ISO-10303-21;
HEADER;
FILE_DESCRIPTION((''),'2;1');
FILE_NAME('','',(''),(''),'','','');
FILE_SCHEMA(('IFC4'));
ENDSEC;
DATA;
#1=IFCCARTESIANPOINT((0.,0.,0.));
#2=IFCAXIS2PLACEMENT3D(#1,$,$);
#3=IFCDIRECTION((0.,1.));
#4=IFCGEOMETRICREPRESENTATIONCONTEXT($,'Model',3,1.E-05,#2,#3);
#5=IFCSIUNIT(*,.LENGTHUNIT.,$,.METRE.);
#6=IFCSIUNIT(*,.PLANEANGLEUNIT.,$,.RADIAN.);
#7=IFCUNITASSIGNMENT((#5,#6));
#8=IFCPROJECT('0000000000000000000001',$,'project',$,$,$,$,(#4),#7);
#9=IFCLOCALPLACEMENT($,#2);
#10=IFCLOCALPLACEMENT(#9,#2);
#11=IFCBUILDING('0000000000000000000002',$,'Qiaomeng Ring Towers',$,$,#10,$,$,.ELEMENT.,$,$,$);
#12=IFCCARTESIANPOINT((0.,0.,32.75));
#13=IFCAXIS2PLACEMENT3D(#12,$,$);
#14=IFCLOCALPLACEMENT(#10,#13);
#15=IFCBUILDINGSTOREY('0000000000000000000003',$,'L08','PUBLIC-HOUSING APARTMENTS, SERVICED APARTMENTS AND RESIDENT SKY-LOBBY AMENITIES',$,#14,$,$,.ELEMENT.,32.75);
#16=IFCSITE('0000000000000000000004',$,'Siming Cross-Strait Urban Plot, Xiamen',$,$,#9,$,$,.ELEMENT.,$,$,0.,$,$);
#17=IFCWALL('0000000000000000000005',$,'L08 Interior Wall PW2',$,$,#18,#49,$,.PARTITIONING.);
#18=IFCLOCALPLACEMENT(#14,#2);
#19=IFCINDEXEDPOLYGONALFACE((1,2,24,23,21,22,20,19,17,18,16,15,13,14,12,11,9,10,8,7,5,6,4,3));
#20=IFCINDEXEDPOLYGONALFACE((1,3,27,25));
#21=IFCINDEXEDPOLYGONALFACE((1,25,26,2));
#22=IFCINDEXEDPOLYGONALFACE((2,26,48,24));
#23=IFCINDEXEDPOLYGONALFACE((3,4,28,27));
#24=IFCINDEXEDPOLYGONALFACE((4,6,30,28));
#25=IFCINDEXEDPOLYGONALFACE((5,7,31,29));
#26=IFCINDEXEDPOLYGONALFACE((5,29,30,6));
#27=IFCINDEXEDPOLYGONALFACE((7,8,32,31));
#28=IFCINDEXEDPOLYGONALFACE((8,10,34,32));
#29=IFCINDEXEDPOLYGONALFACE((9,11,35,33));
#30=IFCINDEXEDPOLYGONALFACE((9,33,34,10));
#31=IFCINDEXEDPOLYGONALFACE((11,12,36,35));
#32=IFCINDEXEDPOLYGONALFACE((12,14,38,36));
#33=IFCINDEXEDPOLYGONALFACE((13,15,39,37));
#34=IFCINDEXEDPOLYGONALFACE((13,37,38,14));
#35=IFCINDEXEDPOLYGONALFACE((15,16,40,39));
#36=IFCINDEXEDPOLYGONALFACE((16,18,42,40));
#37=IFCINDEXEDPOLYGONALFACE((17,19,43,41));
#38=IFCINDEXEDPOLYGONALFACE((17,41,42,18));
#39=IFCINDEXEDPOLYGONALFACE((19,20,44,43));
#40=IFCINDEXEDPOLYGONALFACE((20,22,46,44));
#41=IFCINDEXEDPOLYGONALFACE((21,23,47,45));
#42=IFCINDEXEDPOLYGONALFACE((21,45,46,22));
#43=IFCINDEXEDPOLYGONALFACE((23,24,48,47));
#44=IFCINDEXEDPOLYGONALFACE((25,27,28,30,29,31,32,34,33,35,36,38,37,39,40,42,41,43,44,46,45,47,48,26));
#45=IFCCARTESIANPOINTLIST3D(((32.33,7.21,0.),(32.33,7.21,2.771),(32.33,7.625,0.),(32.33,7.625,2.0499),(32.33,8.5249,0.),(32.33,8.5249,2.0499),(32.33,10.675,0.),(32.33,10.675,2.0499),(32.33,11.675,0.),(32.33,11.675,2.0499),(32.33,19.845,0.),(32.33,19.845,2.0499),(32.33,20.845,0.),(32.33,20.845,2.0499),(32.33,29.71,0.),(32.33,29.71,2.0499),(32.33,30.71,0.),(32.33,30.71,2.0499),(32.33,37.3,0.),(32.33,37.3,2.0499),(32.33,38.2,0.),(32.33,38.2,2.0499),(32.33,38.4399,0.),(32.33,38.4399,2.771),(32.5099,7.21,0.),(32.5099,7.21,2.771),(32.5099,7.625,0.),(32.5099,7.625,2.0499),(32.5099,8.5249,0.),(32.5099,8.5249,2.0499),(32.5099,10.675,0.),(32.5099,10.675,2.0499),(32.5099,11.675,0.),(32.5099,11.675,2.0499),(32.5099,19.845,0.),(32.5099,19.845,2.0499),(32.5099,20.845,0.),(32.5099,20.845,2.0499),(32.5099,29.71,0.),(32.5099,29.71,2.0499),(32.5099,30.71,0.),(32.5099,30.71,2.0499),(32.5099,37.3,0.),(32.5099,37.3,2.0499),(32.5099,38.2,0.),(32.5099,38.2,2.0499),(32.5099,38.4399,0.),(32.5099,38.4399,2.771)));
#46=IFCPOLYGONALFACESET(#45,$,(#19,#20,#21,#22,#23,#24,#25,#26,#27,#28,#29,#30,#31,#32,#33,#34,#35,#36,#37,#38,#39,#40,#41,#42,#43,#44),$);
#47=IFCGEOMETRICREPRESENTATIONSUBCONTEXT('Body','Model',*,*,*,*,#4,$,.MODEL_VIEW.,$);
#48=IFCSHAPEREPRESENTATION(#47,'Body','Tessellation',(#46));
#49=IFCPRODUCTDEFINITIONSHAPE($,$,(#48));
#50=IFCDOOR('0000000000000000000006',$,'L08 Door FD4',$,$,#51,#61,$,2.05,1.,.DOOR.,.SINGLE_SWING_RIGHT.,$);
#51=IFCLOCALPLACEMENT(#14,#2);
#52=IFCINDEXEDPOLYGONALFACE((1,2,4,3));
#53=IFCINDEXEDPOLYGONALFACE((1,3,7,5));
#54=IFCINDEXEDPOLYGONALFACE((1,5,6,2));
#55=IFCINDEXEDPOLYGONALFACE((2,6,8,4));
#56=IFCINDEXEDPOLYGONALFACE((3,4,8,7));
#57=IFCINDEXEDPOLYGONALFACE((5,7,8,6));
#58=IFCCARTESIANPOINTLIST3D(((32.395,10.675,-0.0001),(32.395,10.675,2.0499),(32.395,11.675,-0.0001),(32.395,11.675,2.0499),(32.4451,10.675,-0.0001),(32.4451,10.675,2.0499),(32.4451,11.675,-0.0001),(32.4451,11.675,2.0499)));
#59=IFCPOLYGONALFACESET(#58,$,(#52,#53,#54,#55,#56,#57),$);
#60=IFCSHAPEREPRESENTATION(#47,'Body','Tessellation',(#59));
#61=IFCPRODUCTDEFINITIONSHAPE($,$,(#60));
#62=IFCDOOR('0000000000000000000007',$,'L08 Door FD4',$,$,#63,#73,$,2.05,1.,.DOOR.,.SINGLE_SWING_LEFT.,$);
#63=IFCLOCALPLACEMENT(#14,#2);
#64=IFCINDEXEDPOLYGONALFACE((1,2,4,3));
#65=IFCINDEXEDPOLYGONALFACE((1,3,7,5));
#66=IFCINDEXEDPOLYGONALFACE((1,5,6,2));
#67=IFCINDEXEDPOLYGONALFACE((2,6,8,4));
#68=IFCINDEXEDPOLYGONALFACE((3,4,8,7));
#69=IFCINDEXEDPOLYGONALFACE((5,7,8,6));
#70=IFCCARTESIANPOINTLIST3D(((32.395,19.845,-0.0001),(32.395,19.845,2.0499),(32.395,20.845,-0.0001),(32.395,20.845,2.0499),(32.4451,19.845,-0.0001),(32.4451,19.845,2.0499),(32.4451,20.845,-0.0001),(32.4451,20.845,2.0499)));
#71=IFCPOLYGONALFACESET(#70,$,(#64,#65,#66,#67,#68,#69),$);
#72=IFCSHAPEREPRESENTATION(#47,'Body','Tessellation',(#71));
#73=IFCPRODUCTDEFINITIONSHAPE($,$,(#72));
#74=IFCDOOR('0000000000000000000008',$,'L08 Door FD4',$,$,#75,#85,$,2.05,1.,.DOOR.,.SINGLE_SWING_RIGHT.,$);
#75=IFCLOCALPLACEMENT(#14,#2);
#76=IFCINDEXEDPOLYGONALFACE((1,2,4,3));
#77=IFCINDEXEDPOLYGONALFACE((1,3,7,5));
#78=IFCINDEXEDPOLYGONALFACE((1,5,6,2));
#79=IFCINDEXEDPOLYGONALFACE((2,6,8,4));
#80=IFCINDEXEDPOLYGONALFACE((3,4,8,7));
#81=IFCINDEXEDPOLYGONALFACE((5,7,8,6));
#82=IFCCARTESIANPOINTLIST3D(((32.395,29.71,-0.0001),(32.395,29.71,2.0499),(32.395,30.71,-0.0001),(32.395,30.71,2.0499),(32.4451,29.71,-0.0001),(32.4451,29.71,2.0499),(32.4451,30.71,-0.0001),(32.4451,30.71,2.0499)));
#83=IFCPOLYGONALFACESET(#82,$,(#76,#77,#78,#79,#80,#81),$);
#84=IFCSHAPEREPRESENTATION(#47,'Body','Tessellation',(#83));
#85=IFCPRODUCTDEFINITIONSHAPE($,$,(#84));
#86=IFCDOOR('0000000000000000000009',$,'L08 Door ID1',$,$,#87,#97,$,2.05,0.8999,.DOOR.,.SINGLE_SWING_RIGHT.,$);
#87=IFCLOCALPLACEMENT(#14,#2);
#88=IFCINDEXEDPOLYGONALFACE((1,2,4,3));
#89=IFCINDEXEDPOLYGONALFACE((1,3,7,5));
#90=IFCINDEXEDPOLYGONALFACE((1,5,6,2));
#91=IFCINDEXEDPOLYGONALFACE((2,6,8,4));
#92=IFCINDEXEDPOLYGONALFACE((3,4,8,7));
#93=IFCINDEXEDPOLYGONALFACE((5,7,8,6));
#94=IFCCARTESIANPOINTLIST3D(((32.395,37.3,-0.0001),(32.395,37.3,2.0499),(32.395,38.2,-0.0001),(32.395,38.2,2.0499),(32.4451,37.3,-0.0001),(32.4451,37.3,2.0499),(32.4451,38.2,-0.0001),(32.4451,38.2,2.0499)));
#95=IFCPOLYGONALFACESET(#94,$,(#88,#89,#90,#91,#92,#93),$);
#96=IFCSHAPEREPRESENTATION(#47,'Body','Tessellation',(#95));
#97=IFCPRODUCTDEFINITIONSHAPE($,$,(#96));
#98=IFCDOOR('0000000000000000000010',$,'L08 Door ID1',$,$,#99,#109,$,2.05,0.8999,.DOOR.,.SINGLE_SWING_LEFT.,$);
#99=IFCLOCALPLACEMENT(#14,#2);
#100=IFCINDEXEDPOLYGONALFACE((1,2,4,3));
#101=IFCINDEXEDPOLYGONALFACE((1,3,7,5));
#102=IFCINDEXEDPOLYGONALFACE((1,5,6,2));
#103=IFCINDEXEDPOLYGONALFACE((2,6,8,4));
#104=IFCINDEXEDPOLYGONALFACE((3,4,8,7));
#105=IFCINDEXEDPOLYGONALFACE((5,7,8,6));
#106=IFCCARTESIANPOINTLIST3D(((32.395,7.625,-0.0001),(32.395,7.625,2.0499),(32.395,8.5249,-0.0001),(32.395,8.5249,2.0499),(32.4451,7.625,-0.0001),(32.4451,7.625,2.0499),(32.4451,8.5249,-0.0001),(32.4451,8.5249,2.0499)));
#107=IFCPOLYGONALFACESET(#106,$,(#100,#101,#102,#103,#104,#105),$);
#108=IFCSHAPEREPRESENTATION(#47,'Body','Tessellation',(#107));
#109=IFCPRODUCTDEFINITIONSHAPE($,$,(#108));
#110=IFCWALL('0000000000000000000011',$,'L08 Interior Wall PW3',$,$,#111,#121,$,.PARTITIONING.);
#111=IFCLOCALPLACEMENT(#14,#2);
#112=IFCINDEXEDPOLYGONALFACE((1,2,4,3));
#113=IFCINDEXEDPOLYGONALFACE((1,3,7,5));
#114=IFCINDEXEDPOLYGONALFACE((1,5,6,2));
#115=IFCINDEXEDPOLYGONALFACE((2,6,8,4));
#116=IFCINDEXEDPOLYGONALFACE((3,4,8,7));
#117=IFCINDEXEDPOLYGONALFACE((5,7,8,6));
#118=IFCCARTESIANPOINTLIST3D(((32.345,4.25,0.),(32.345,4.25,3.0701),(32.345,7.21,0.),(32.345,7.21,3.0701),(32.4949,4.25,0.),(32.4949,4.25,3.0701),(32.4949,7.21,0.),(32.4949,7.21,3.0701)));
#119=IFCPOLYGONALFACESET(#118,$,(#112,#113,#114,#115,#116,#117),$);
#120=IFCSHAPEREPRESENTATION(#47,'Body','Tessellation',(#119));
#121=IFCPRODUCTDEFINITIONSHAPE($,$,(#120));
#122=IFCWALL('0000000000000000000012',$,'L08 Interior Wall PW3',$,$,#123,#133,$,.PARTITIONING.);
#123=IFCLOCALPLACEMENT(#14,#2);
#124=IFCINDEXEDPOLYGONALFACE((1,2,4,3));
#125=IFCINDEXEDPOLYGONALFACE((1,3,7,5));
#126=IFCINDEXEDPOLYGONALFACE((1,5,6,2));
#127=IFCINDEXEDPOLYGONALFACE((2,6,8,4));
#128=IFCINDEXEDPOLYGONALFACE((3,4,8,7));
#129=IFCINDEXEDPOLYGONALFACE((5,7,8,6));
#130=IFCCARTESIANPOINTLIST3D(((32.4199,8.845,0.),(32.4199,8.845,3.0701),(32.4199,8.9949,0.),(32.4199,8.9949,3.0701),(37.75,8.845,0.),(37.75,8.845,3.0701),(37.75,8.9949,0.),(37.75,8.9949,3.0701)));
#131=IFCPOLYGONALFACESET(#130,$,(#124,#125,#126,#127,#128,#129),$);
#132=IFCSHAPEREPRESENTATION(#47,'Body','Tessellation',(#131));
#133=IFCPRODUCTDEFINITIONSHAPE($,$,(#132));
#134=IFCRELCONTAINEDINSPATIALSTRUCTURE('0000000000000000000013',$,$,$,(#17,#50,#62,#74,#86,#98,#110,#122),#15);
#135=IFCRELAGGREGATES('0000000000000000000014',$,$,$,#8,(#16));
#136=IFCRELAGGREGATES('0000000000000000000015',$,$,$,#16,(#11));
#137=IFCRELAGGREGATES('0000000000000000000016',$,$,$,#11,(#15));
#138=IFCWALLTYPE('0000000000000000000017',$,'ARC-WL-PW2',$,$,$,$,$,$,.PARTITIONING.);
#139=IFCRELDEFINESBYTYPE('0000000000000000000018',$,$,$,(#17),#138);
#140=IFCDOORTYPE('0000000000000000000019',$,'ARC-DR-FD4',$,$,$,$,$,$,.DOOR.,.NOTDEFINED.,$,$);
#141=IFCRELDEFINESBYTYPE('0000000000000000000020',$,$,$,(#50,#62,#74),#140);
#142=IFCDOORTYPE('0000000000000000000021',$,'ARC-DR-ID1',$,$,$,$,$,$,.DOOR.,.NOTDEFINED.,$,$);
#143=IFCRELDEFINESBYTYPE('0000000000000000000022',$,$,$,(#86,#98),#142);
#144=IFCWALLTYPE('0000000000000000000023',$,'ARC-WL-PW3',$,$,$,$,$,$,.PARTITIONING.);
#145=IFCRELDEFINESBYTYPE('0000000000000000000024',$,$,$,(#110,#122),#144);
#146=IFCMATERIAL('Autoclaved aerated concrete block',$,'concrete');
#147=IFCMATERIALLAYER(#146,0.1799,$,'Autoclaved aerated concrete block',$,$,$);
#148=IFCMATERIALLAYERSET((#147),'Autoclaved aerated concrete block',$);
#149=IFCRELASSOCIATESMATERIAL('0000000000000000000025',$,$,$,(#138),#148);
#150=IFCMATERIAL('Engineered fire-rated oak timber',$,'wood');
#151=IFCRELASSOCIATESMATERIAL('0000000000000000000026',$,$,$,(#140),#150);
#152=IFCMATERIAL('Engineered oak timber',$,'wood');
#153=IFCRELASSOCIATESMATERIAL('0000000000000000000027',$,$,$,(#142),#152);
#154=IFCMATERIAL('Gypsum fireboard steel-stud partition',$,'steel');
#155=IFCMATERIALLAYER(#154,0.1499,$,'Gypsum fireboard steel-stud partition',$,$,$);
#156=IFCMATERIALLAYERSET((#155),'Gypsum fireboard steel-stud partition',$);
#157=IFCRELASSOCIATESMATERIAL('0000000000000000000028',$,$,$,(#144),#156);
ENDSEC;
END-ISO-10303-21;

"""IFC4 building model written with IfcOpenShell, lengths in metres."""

from ifc_helpers import new_model, si_unit, direction, frame, frame_2d, origin, place, context, subcontext, project, spatial, rectangle, extrude, source, transform, mapped, material, layer, layer_set, type_object, element, fill, save


model = new_model("IFC4")

# Units and contexts
model_context = context("Model", 3, precision=1e-05, world=origin(), true_north=direction((0.0, 1.0)))
body_context = subcontext(model_context, "Body", "Model", "MODEL_VIEW")
ifc_project = project(units=[si_unit("LENGTHUNIT", "METRE"), si_unit("PLANEANGLEUNIT", "RADIAN")], contexts=[model_context])

# Site, building, storey
site_placement = place(None, origin())
site = spatial("IfcSite", under=ifc_project, at=site_placement, Name="Siming Cross-Strait Urban Plot, Xiamen", CompositionType="ELEMENT", RefElevation=0.0)
building_placement = place(site_placement, origin())
building = spatial("IfcBuilding", under=site, at=building_placement, Name="Qiaomeng Ring Towers", CompositionType="ELEMENT")
storey_placement = place(building_placement, frame((0.0, 0.0, 32.75)))
storey = spatial("IfcBuildingStorey", under=building, at=storey_placement, Name="L08", Description="PUBLIC-HOUSING APARTMENTS, SERVICED APARTMENTS AND RESIDENT SKY-LOBBY AMENITIES", CompositionType="ELEMENT", Elevation=32.75)

# Wall, openings, doors
ifc_material_1 = material(Name="Autoclaved aerated concrete block", Category="concrete")
ifc_layer_1 = layer(ifc_material_1, 0.1799, Name="Autoclaved aerated concrete block")
ifc_layer_set_1 = layer_set([ifc_layer_1], Name="Autoclaved aerated concrete block")
wall_type_1 = type_object("IfcWallType", Name="ARC-WL-PW2", PredefinedType="PARTITIONING", material=ifc_layer_set_1)
wall_1_placement = place(storey_placement, frame((32.4199, 7.21, 0.0), z_axis=(0.0, 0.0, 1.0), x_axis=(0.0, 1.0, 0.0)))
wall_1 = element("IfcWall", 1, at=wall_1_placement, inside=storey, type_object=wall_type_1, Name="L08 Interior Wall PW2", PredefinedType="PARTITIONING", context=body_context, shape_type="SweptSolid", body=[
    extrude(rectangle(XDim=31.23, YDim=0.1799, at=frame_2d((15.615, 0.0))), origin(), (0.0, 0.0, 1.0), 2.771),
])
opening_1_placement = place(wall_1_placement, frame((30.0901, 0.0, 0.0)))
opening_1 = element("IfcOpeningElement", 2, at=opening_1_placement, cuts=wall_1, PredefinedType="OPENING", context=body_context, shape_type="SweptSolid", body=[
    extrude(rectangle(XDim=0.8999, YDim=2.05, at=frame_2d((0.45, 1.0249))), frame((0.0, 0.0999, 0.0), z_axis=(0.0, -1.0, 0.0), x_axis=(1.0, 0.0, 0.0)), (0.0, 0.0, 1.0), 0.2),
])
opening_2_placement = place(wall_1_placement, frame((0.415, 0.0, 0.0)))
opening_2 = element("IfcOpeningElement", 3, at=opening_2_placement, cuts=wall_1, PredefinedType="OPENING", context=body_context, shape_type="SweptSolid", body=[
    extrude(rectangle(XDim=0.8999, YDim=2.05, at=frame_2d((0.45, 1.0249))), frame((0.0, 0.0999, 0.0), z_axis=(0.0, -1.0, 0.0), x_axis=(1.0, 0.0, 0.0)), (0.0, 0.0, 1.0), 0.2),
])
opening_3_placement = place(wall_1_placement, frame((3.4651, 0.0, 0.0)))
opening_3 = element("IfcOpeningElement", 4, at=opening_3_placement, cuts=wall_1, PredefinedType="OPENING", context=body_context, shape_type="SweptSolid", body=[
    extrude(rectangle(XDim=1.0, YDim=2.05, at=frame_2d((0.5, 1.0249))), frame((0.0, 0.0999, 0.0), z_axis=(0.0, -1.0, 0.0), x_axis=(1.0, 0.0, 0.0)), (0.0, 0.0, 1.0), 0.2),
])
opening_4_placement = place(wall_1_placement, frame((12.635, 0.0, 0.0)))
opening_4 = element("IfcOpeningElement", 5, at=opening_4_placement, cuts=wall_1, PredefinedType="OPENING", context=body_context, shape_type="SweptSolid", body=[
    extrude(rectangle(XDim=1.0, YDim=2.05, at=frame_2d((0.5, 1.0249))), frame((0.0, 0.0999, 0.0), z_axis=(0.0, -1.0, 0.0), x_axis=(1.0, 0.0, 0.0)), (0.0, 0.0, 1.0), 0.2),
])
opening_5_placement = place(wall_1_placement, frame((22.5, 0.0, 0.0)))
opening_5 = element("IfcOpeningElement", 6, at=opening_5_placement, cuts=wall_1, PredefinedType="OPENING", context=body_context, shape_type="SweptSolid", body=[
    extrude(rectangle(XDim=1.0, YDim=2.05, at=frame_2d((0.5, 1.0249))), frame((0.0, 0.0999, 0.0), z_axis=(0.0, -1.0, 0.0), x_axis=(1.0, 0.0, 0.0)), (0.0, 0.0, 1.0), 0.2),
])
ifc_material_2 = material(Name="Engineered fire-rated oak timber", Category="wood")
door_type_1 = type_object("IfcDoorType", Name="ARC-DR-FD4", OperationType="NOTDEFINED", PredefinedType="DOOR", material=ifc_material_2)
shared_shape_1 = source(origin(), body_context, "Body", "SweptSolid", [
    extrude(rectangle(XDim=1.0, YDim=2.05, at=frame_2d((0.5, 1.0249))), frame((0.0, 0.0249, 0.0), z_axis=(0.0, -1.0, 0.0), x_axis=(1.0, 0.0, 0.0)), (0.0, 0.0, 1.0), 0.05),
])
door_1_placement = place(opening_3_placement, origin())
door_1 = element("IfcDoor", 7, at=door_1_placement, inside=storey, type_object=door_type_1, Name="L08 Door FD4", OperationType="SINGLE_SWING_RIGHT", OverallHeight=2.05, OverallWidth=1.0, PredefinedType="DOOR", context=body_context, shape_type="MappedRepresentation", body=[
    mapped(shared_shape_1, transform((0.0, 0.0, 0.0), x_axis=(1.0, 0.0, 0.0), y_axis=(0.0, 1.0, 0.0), z_axis=(0.0, 0.0, 1.0), scale=1.0)),
])
fill(opening_3, door_1)
door_2_placement = place(opening_4_placement, origin())
door_2 = element("IfcDoor", 8, at=door_2_placement, inside=storey, type_object=door_type_1, Name="L08 Door FD4", OperationType="SINGLE_SWING_LEFT", OverallHeight=2.05, OverallWidth=1.0, PredefinedType="DOOR", context=body_context, shape_type="MappedRepresentation", body=[
    mapped(shared_shape_1, transform((0.0, 0.0, 0.0), x_axis=(1.0, 0.0, 0.0), y_axis=(0.0, 1.0, 0.0), z_axis=(0.0, 0.0, 1.0), scale=1.0)),
])
fill(opening_4, door_2)
door_3_placement = place(opening_5_placement, origin())
door_3 = element("IfcDoor", 9, at=door_3_placement, inside=storey, type_object=door_type_1, Name="L08 Door FD4", OperationType="SINGLE_SWING_RIGHT", OverallHeight=2.05, OverallWidth=1.0, PredefinedType="DOOR", context=body_context, shape_type="MappedRepresentation", body=[
    mapped(shared_shape_1, transform((0.0, 0.0, 0.0), x_axis=(1.0, 0.0, 0.0), y_axis=(0.0, 1.0, 0.0), z_axis=(0.0, 0.0, 1.0), scale=1.0)),
])
fill(opening_5, door_3)
ifc_material_3 = material(Name="Engineered oak timber", Category="wood")
door_type_2 = type_object("IfcDoorType", Name="ARC-DR-ID1", OperationType="NOTDEFINED", PredefinedType="DOOR", material=ifc_material_3)
shared_shape_2 = source(origin(), body_context, "Body", "SweptSolid", [
    extrude(rectangle(XDim=0.8999, YDim=2.05, at=frame_2d((0.45, 1.0249))), frame((0.0, 0.0249, 0.0), z_axis=(0.0, -1.0, 0.0), x_axis=(1.0, 0.0, 0.0)), (0.0, 0.0, 1.0), 0.05),
])
door_4_placement = place(opening_1_placement, origin())
door_4 = element("IfcDoor", 10, at=door_4_placement, inside=storey, type_object=door_type_2, Name="L08 Door ID1", OperationType="SINGLE_SWING_RIGHT", OverallHeight=2.05, OverallWidth=0.8999, PredefinedType="DOOR", context=body_context, shape_type="MappedRepresentation", body=[
    mapped(shared_shape_2, transform((0.0, 0.0, 0.0), x_axis=(1.0, 0.0, 0.0), y_axis=(0.0, 1.0, 0.0), z_axis=(0.0, 0.0, 1.0), scale=1.0)),
])
fill(opening_1, door_4)
door_5_placement = place(opening_2_placement, origin())
door_5 = element("IfcDoor", 11, at=door_5_placement, inside=storey, type_object=door_type_2, Name="L08 Door ID1", OperationType="SINGLE_SWING_LEFT", OverallHeight=2.05, OverallWidth=0.8999, PredefinedType="DOOR", context=body_context, shape_type="MappedRepresentation", body=[
    mapped(shared_shape_2, transform((0.0, 0.0, 0.0), x_axis=(1.0, 0.0, 0.0), y_axis=(0.0, 1.0, 0.0), z_axis=(0.0, 0.0, 1.0), scale=1.0)),
])
fill(opening_2, door_5)

# Walls
ifc_material_4 = material(Name="Gypsum fireboard steel-stud partition", Category="steel")
ifc_layer_2 = layer(ifc_material_4, 0.1499, Name="Gypsum fireboard steel-stud partition")
ifc_layer_set_2 = layer_set([ifc_layer_2], Name="Gypsum fireboard steel-stud partition")
wall_type_2 = type_object("IfcWallType", Name="ARC-WL-PW3", PredefinedType="PARTITIONING", material=ifc_layer_set_2)
wall_2_placement = place(storey_placement, frame((32.4199, 4.25, 0.0), z_axis=(0.0, 0.0, 1.0), x_axis=(0.0, 1.0, 0.0)))
element("IfcWall", 12, at=wall_2_placement, inside=storey, type_object=wall_type_2, Name="L08 Interior Wall PW3", PredefinedType="PARTITIONING", context=body_context, shape_type="SweptSolid", body=[
    extrude(rectangle(XDim=2.96, YDim=0.1499, at=frame_2d((1.48, 0.0))), origin(), (0.0, 0.0, 1.0), 3.0701),
])
wall_3_placement = place(storey_placement, frame((32.4199, 8.9199, 0.0), z_axis=(0.0, 0.0, 1.0), x_axis=(1.0, 0.0, 0.0)))
element("IfcWall", 13, at=wall_3_placement, inside=storey, type_object=wall_type_2, Name="L08 Interior Wall PW3", PredefinedType="PARTITIONING", context=body_context, shape_type="SweptSolid", body=[
    extrude(rectangle(XDim=5.3301, YDim=0.1499, at=frame_2d((2.665, 0.0))), origin(), (0.0, 0.0, 1.0), 3.0701),
])

save(model, "model.ifc")
